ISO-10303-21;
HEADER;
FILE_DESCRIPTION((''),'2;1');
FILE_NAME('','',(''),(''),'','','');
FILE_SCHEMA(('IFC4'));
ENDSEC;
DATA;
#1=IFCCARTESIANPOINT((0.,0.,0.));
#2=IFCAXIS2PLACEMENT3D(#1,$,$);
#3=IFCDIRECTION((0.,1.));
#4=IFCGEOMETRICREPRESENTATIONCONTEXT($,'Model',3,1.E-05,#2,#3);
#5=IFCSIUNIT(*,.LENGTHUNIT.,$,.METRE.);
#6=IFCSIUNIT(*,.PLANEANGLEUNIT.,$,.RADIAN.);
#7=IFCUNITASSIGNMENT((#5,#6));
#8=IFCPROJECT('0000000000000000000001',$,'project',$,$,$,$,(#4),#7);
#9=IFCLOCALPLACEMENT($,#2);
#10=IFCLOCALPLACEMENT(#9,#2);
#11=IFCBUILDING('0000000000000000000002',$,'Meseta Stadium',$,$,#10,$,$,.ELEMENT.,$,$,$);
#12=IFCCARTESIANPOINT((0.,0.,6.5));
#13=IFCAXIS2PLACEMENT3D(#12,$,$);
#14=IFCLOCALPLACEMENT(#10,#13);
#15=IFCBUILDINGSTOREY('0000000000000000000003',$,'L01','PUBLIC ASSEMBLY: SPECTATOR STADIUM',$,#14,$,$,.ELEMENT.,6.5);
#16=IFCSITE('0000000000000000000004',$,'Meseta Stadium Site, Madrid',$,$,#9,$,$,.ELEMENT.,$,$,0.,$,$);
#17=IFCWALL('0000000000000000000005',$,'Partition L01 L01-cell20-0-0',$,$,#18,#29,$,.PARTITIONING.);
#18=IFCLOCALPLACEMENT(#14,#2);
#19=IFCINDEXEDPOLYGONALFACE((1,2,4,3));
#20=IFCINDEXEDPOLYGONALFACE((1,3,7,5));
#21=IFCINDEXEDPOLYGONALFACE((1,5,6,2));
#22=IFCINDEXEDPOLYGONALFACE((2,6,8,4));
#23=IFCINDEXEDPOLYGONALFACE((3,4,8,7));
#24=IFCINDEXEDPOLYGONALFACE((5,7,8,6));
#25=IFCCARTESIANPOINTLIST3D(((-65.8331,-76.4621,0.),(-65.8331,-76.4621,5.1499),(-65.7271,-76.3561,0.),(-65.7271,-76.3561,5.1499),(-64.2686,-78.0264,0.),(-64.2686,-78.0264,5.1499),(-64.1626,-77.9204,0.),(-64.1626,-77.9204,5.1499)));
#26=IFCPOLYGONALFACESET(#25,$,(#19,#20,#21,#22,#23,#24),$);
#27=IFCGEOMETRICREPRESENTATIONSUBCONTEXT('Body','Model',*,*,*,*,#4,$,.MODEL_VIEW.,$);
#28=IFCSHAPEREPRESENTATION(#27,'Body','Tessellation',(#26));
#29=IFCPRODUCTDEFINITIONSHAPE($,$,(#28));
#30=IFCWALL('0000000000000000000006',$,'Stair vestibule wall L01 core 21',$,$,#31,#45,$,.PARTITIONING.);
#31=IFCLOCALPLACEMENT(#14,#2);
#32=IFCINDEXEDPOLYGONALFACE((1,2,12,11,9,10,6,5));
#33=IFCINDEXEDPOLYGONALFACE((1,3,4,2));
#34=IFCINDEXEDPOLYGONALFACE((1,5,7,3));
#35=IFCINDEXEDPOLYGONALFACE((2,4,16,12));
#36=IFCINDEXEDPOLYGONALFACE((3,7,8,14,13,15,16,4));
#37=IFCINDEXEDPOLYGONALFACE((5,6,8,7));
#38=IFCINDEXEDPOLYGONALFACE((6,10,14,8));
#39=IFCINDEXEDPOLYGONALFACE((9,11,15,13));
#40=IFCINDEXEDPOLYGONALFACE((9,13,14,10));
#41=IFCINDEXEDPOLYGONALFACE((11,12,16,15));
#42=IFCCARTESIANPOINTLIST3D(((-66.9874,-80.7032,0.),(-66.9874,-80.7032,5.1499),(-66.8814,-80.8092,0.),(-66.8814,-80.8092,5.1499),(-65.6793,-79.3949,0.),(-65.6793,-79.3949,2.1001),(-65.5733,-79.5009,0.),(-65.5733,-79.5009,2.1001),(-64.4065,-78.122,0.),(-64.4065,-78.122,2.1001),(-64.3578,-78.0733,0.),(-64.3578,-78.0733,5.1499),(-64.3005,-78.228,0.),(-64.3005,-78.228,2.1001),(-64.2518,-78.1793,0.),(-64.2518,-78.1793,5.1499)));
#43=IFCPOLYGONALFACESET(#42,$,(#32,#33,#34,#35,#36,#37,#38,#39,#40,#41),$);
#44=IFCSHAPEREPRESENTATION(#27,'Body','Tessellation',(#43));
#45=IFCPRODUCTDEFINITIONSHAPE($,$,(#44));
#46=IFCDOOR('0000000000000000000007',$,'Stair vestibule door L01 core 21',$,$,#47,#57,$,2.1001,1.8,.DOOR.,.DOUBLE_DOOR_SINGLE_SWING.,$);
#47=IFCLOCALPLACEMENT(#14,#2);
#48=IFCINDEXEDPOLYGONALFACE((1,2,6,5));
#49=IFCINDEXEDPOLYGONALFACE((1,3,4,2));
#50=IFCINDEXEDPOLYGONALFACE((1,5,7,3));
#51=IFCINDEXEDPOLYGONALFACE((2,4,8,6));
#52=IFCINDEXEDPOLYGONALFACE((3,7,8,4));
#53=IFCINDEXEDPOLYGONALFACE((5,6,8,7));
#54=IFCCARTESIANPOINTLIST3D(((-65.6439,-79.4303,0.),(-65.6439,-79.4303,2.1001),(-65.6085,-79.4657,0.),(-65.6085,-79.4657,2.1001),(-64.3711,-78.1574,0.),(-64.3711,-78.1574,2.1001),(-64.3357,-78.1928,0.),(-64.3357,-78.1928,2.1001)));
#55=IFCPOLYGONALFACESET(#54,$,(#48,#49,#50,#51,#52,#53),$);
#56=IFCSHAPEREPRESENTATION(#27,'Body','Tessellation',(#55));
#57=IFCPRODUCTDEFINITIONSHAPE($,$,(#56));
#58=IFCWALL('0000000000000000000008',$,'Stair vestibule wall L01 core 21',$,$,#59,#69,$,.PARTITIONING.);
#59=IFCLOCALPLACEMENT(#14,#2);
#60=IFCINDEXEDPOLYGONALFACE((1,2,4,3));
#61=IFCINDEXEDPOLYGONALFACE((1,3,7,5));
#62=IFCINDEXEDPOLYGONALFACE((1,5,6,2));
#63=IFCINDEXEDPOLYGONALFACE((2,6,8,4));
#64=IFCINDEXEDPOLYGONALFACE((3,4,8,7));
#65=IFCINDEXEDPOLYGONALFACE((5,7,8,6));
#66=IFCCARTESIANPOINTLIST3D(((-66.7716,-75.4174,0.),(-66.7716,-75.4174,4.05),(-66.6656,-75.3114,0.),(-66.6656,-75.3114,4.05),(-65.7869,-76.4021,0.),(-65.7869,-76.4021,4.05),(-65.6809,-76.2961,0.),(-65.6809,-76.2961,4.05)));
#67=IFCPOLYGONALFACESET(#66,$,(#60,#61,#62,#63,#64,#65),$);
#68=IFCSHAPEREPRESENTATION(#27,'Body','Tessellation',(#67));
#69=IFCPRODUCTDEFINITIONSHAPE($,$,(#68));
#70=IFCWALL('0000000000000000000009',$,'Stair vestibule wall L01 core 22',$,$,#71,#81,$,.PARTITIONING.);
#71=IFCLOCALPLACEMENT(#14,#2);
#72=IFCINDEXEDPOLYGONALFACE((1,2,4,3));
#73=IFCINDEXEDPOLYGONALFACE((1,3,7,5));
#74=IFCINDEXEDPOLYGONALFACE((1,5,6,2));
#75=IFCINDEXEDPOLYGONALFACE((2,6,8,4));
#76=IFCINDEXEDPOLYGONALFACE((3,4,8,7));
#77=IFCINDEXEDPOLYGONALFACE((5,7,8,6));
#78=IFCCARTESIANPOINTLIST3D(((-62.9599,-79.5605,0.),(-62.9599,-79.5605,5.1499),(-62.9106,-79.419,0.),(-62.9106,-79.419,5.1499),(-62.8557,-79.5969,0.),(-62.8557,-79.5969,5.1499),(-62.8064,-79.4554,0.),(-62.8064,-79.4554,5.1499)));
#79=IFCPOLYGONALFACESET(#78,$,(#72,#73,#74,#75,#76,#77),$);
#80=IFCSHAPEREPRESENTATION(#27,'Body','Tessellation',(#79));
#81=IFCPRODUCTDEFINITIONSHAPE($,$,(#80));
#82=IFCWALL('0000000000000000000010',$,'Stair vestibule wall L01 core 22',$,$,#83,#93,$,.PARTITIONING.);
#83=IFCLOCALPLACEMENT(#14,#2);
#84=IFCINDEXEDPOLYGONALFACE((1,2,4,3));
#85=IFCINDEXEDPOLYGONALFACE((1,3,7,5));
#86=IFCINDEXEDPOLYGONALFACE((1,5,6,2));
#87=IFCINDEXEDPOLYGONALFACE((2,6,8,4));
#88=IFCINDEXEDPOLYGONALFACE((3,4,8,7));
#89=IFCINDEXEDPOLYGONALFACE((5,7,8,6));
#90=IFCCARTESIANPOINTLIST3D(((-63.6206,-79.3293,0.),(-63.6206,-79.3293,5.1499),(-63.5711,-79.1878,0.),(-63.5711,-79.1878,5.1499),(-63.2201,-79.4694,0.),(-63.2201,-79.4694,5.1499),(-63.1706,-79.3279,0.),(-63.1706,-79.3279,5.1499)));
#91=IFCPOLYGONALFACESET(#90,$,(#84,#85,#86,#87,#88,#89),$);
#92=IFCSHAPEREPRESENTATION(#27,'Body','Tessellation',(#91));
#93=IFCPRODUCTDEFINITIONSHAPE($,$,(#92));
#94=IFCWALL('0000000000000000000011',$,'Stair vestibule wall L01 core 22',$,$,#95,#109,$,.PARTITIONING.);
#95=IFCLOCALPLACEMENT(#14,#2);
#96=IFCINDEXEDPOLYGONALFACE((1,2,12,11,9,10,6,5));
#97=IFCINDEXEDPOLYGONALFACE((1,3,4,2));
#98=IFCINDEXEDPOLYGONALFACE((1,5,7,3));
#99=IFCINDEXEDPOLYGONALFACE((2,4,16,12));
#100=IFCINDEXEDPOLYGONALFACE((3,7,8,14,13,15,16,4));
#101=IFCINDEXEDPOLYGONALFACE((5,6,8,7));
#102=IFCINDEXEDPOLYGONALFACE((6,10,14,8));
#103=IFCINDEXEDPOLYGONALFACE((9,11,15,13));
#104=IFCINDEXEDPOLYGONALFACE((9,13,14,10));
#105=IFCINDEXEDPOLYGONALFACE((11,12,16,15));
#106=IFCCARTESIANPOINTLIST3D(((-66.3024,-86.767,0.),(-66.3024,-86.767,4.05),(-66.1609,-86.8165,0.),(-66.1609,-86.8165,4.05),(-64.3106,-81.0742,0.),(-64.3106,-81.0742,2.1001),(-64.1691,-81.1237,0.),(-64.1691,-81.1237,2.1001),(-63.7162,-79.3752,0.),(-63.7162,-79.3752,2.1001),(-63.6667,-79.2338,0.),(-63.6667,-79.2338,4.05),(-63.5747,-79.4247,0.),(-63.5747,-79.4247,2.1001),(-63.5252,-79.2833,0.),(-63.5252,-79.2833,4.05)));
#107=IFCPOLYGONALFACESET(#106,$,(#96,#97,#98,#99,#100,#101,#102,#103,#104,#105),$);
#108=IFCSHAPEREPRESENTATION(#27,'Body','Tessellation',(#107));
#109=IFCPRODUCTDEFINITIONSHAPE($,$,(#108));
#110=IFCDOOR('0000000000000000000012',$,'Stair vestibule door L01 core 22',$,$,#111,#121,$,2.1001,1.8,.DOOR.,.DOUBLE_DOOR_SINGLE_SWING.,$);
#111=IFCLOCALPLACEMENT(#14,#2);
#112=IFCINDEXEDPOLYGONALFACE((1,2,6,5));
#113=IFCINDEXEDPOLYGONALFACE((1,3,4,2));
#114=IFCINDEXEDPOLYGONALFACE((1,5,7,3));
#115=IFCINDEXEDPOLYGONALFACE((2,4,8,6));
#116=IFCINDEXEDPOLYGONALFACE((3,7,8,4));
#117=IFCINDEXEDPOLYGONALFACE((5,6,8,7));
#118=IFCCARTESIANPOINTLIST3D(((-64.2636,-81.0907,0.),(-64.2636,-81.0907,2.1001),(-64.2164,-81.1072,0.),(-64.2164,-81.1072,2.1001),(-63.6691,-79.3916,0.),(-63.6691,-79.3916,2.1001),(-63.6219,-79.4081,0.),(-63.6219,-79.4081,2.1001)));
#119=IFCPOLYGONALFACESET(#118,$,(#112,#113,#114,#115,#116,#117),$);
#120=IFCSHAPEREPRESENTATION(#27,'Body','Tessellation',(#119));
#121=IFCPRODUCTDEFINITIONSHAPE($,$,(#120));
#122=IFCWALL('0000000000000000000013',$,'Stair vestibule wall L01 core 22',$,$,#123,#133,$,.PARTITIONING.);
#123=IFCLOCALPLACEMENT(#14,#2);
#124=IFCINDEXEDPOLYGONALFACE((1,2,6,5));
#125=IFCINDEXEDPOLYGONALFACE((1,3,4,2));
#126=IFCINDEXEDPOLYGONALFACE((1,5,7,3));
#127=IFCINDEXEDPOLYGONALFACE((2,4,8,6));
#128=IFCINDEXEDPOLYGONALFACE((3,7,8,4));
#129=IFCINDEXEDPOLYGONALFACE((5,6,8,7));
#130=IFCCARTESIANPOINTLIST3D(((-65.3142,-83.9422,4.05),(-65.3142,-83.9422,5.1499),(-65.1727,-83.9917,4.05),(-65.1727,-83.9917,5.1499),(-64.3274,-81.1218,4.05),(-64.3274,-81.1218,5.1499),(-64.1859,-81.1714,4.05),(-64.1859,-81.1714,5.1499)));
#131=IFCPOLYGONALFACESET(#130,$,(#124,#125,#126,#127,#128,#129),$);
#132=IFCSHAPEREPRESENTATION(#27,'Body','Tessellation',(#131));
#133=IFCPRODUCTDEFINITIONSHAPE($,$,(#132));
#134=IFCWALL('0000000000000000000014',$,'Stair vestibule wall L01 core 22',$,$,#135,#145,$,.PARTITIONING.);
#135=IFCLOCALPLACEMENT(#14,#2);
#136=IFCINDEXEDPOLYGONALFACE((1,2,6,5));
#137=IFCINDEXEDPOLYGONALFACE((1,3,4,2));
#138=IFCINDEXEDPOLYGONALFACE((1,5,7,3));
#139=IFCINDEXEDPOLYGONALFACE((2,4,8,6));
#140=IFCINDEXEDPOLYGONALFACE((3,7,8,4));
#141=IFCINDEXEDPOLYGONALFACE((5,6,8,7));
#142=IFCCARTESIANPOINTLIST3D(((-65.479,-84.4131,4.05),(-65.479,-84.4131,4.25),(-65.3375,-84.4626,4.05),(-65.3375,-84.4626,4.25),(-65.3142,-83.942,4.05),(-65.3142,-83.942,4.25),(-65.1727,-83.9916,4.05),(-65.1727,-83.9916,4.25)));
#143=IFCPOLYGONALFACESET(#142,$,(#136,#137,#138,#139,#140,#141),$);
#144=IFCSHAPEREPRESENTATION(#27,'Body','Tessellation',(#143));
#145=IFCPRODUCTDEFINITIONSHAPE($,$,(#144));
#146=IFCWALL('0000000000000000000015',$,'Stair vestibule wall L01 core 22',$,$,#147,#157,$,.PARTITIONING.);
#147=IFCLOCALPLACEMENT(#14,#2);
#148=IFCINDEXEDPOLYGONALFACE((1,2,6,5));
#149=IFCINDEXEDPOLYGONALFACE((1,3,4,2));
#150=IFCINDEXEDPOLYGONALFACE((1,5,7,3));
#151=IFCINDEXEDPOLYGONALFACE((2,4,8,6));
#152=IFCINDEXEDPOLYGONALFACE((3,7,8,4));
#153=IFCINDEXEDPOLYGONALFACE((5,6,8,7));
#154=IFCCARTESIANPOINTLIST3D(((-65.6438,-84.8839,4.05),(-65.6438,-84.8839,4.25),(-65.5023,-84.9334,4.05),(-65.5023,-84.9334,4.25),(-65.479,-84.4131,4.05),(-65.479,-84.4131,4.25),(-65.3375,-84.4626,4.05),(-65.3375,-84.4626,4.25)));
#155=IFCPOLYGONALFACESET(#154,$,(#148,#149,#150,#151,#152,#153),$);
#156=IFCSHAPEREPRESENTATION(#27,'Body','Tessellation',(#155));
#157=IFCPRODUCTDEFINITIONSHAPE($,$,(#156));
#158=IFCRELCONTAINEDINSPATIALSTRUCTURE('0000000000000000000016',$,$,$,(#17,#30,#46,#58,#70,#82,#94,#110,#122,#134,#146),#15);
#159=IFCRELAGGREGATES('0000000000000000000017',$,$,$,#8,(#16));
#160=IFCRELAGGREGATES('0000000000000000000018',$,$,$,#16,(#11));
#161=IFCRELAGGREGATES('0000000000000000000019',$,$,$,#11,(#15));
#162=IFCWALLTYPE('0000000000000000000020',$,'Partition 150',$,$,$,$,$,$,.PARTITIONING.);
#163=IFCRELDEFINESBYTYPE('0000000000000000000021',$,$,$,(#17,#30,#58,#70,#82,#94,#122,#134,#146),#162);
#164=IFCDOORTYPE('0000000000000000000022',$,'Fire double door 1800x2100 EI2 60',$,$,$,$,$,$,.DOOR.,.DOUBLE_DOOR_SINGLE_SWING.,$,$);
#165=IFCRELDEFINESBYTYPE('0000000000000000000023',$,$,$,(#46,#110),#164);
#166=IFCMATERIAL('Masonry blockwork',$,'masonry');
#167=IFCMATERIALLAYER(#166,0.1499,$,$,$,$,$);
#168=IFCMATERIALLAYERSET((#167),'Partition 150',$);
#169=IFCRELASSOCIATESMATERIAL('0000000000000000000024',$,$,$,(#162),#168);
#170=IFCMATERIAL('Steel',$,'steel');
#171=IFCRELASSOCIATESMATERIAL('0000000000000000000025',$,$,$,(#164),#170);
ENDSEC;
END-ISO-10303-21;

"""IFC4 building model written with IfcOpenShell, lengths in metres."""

from ifc_helpers import new_model, si_unit, direction, frame, frame_2d, origin, place, context, subcontext, project, spatial, rectangle, extrude, material, layer, layer_set, type_object, element, fill, save


model = new_model("IFC4")

# Units and contexts
model_context = context("Model", 3, precision=1e-05, world=origin(), true_north=direction((0.0, 1.0)))
body_context = subcontext(model_context, "Body", "Model", "MODEL_VIEW")
ifc_project = project(units=[si_unit("LENGTHUNIT", "METRE"), si_unit("PLANEANGLEUNIT", "RADIAN")], contexts=[model_context])

# Site, building, storey
site_placement = place(None, origin())
site = spatial("IfcSite", under=ifc_project, at=site_placement, Name="Meseta Stadium Site, Madrid", CompositionType="ELEMENT", RefElevation=0.0)
building_placement = place(site_placement, origin())
building = spatial("IfcBuilding", under=site, at=building_placement, Name="Meseta Stadium", CompositionType="ELEMENT")
storey_placement = place(building_placement, frame((0.0, 0.0, 6.5)))
storey = spatial("IfcBuildingStorey", under=building, at=storey_placement, Name="L01", Description="PUBLIC ASSEMBLY: SPECTATOR STADIUM", CompositionType="ELEMENT", Elevation=6.5)

# Wall
ifc_material_1 = material(Name="Masonry blockwork", Category="masonry")
ifc_layer = layer(ifc_material_1, 0.1499)
ifc_layer_set = layer_set([ifc_layer], Name="Partition 150")
wall_type = type_object("IfcWallType", Name="Partition 150", PredefinedType="PARTITIONING", material=ifc_layer_set)
wall_1_placement = place(storey_placement, frame((-64.2156, -77.9734, 0.0), z_axis=(0.0, 0.0, 1.0), x_axis=(-0.707162, 0.707052, 0.0)))
element("IfcWall", 1, at=wall_1_placement, inside=storey, type_object=wall_type, Name="Partition L01 L01-cell20-0-0", PredefinedType="PARTITIONING", context=body_context, shape_type="SweptSolid", body=[
    extrude(rectangle(XDim=2.2124, YDim=0.1499, at=frame_2d((1.1062, 0.0))), origin(), (0.0, 0.0, 1.0), 5.1499),
])

# Wall, opening, door
wall_2_placement = place(storey_placement, frame((-66.9343, -80.7561, 0.0), z_axis=(0.0, 0.0, 1.0), x_axis=(0.707074, 0.70714, 0.0)))
wall_2 = element("IfcWall", 2, at=wall_2_placement, inside=storey, type_object=wall_type, Name="Stair vestibule wall L01 core 21", PredefinedType="PARTITIONING", context=body_context, shape_type="SweptSolid", body=[
    extrude(rectangle(XDim=3.719, YDim=0.1499, at=frame_2d((1.8594, 0.0))), origin(), (0.0, 0.0, 1.0), 5.1499),
])
opening_1_placement = place(wall_2_placement, frame((1.8501, 0.0, 0.0)))
opening_1 = element("IfcOpeningElement", 3, at=opening_1_placement, cuts=wall_2, PredefinedType="OPENING", context=body_context, shape_type="SweptSolid", body=[
    extrude(rectangle(XDim=1.8, YDim=2.1001, at=frame_2d((0.8999, 1.05))), frame((0.0, 0.085, 0.0), z_axis=(0.0, -1.0, 0.0), x_axis=(1.0, 0.0, 0.0)), (0.0, 0.0, 1.0), 0.1699),
])
ifc_material_2 = material(Name="Steel", Category="steel")
door_type = type_object("IfcDoorType", Name="Fire double door 1800x2100 EI2 60", OperationType="DOUBLE_DOOR_SINGLE_SWING", PredefinedType="DOOR", material=ifc_material_2)
door_1_placement = place(opening_1_placement, origin())
door_1 = element("IfcDoor", 4, at=door_1_placement, inside=storey, type_object=door_type, Name="Stair vestibule door L01 core 21", OperationType="DOUBLE_DOOR_SINGLE_SWING", OverallHeight=2.1001, OverallWidth=1.8, PredefinedType="DOOR", context=body_context, shape_type="SweptSolid", body=[
    extrude(rectangle(XDim=1.8, YDim=2.1001, at=frame_2d((0.8999, 1.05))), frame((0.0, 0.0249, 0.0), z_axis=(0.0, -1.0, 0.0), x_axis=(1.0, 0.0, 0.0)), (0.0, 0.0, 1.0), 0.05),
])
fill(opening_1, door_1)

# Walls
wall_3_placement = place(storey_placement, frame((-65.7339, -76.3491, 0.0), z_axis=(0.0, 0.0, 1.0), x_axis=(-0.707107, 0.707107, 0.0)))
element("IfcWall", 5, at=wall_3_placement, inside=storey, type_object=wall_type, Name="Stair vestibule wall L01 core 21", PredefinedType="PARTITIONING", context=body_context, shape_type="SweptSolid", body=[
    extrude(rectangle(XDim=1.3926, YDim=0.1499, at=frame_2d((0.6963, 0.0))), origin(), (0.0, 0.0, 1.0), 4.05),
])
wall_4_placement = place(storey_placement, frame((-62.8311, -79.5261, 0.0), z_axis=(0.0, 0.0, 1.0), x_axis=(-0.944168, 0.329464, 0.0)))
element("IfcWall", 6, at=wall_4_placement, inside=storey, type_object=wall_type, Name="Stair vestibule wall L01 core 22", PredefinedType="PARTITIONING", context=body_context, shape_type="SweptSolid", body=[
    extrude(rectangle(XDim=0.1104, YDim=0.1499, at=frame_2d((0.0552, 0.0))), origin(), (0.0, 0.0, 1.0), 5.1499),
])
wall_5_placement = place(storey_placement, frame((-63.1953, -79.3987, 0.0), z_axis=(0.0, 0.0, 1.0), x_axis=(-0.943921, 0.330171, 0.0)))
element("IfcWall", 7, at=wall_5_placement, inside=storey, type_object=wall_type, Name="Stair vestibule wall L01 core 22", PredefinedType="PARTITIONING", context=body_context, shape_type="SweptSolid", body=[
    extrude(rectangle(XDim=0.4243, YDim=0.1499, at=frame_2d((0.2122, 0.0))), origin(), (0.0, 0.0, 1.0), 5.1499),
])

# Wall, opening, door
wall_6_placement = place(storey_placement, frame((-63.5959, -79.2585, 0.0), z_axis=(0.0, 0.0, 1.0), x_axis=(-0.330252, -0.943893, 0.0)))
wall_6 = element("IfcWall", 8, at=wall_6_placement, inside=storey, type_object=wall_type, Name="Stair vestibule wall L01 core 22", PredefinedType="PARTITIONING", context=body_context, shape_type="SweptSolid", body=[
    extrude(rectangle(XDim=7.981, YDim=0.1499, at=frame_2d((3.9905, 0.0))), origin(), (0.0, 0.0, 1.0), 4.05),
])
opening_2_placement = place(wall_6_placement, frame((0.1499, 0.0, 0.0)))
opening_2 = element("IfcOpeningElement", 9, at=opening_2_placement, cuts=wall_6, PredefinedType="OPENING", context=body_context, shape_type="SweptSolid", body=[
    extrude(rectangle(XDim=1.8, YDim=2.1001, at=frame_2d((0.8999, 1.05))), frame((0.0, 0.085, 0.0), z_axis=(0.0, -1.0, 0.0), x_axis=(1.0, 0.0, 0.0)), (0.0, 0.0, 1.0), 0.1699),
])
door_2_placement = place(opening_2_placement, origin())
door_2 = element("IfcDoor", 10, at=door_2_placement, inside=storey, type_object=door_type, Name="Stair vestibule door L01 core 22", OperationType="DOUBLE_DOOR_SINGLE_SWING", OverallHeight=2.1001, OverallWidth=1.8, PredefinedType="DOOR", context=body_context, shape_type="SweptSolid", body=[
    extrude(rectangle(XDim=1.8, YDim=2.1001, at=frame_2d((0.8999, 1.05))), frame((0.0, 0.0249, 0.0), z_axis=(0.0, -1.0, 0.0), x_axis=(1.0, 0.0, 0.0)), (0.0, 0.0, 1.0), 0.05),
])
fill(opening_2, door_2)

# Walls
wall_7_placement = place(storey_placement, frame((-64.2566, -81.1465, 4.05), z_axis=(0.0, 0.0, 1.0), x_axis=(-0.330263, -0.943889, 0.0)))
element("IfcWall", 11, at=wall_7_placement, inside=storey, type_object=wall_type, Name="Stair vestibule wall L01 core 22", PredefinedType="PARTITIONING", context=body_context, shape_type="SweptSolid", body=[
    extrude(rectangle(XDim=2.988, YDim=0.1499, at=frame_2d((1.4941, 0.0))), origin(), (0.0, 0.0, 1.0), 1.0999),
])
wall_8_placement = place(storey_placement, frame((-65.2434, -83.9668, 4.05), z_axis=(0.0, 0.0, 1.0), x_axis=(-0.330285, -0.943881, 0.0)))
element("IfcWall", 12, at=wall_8_placement, inside=storey, type_object=wall_type, Name="Stair vestibule wall L01 core 22", PredefinedType="PARTITIONING", context=body_context, shape_type="SweptSolid", body=[
    extrude(rectangle(XDim=0.499, YDim=0.1499, at=frame_2d((0.2495, 0.0))), origin(), (0.0, 0.0, 1.0), 0.2),
])
wall_9_placement = place(storey_placement, frame((-65.4082, -84.4377, 4.05), z_axis=(0.0, 0.0, 1.0), x_axis=(-0.330438, -0.943828, 0.0)))
element("IfcWall", 13, at=wall_9_placement, inside=storey, type_object=wall_type, Name="Stair vestibule wall L01 core 22", PredefinedType="PARTITIONING", context=body_context, shape_type="SweptSolid", body=[
    extrude(rectangle(XDim=0.4988, YDim=0.1499, at=frame_2d((0.2495, 0.0))), origin(), (0.0, 0.0, 1.0), 0.2),
])

save(model, "model.ifc")
